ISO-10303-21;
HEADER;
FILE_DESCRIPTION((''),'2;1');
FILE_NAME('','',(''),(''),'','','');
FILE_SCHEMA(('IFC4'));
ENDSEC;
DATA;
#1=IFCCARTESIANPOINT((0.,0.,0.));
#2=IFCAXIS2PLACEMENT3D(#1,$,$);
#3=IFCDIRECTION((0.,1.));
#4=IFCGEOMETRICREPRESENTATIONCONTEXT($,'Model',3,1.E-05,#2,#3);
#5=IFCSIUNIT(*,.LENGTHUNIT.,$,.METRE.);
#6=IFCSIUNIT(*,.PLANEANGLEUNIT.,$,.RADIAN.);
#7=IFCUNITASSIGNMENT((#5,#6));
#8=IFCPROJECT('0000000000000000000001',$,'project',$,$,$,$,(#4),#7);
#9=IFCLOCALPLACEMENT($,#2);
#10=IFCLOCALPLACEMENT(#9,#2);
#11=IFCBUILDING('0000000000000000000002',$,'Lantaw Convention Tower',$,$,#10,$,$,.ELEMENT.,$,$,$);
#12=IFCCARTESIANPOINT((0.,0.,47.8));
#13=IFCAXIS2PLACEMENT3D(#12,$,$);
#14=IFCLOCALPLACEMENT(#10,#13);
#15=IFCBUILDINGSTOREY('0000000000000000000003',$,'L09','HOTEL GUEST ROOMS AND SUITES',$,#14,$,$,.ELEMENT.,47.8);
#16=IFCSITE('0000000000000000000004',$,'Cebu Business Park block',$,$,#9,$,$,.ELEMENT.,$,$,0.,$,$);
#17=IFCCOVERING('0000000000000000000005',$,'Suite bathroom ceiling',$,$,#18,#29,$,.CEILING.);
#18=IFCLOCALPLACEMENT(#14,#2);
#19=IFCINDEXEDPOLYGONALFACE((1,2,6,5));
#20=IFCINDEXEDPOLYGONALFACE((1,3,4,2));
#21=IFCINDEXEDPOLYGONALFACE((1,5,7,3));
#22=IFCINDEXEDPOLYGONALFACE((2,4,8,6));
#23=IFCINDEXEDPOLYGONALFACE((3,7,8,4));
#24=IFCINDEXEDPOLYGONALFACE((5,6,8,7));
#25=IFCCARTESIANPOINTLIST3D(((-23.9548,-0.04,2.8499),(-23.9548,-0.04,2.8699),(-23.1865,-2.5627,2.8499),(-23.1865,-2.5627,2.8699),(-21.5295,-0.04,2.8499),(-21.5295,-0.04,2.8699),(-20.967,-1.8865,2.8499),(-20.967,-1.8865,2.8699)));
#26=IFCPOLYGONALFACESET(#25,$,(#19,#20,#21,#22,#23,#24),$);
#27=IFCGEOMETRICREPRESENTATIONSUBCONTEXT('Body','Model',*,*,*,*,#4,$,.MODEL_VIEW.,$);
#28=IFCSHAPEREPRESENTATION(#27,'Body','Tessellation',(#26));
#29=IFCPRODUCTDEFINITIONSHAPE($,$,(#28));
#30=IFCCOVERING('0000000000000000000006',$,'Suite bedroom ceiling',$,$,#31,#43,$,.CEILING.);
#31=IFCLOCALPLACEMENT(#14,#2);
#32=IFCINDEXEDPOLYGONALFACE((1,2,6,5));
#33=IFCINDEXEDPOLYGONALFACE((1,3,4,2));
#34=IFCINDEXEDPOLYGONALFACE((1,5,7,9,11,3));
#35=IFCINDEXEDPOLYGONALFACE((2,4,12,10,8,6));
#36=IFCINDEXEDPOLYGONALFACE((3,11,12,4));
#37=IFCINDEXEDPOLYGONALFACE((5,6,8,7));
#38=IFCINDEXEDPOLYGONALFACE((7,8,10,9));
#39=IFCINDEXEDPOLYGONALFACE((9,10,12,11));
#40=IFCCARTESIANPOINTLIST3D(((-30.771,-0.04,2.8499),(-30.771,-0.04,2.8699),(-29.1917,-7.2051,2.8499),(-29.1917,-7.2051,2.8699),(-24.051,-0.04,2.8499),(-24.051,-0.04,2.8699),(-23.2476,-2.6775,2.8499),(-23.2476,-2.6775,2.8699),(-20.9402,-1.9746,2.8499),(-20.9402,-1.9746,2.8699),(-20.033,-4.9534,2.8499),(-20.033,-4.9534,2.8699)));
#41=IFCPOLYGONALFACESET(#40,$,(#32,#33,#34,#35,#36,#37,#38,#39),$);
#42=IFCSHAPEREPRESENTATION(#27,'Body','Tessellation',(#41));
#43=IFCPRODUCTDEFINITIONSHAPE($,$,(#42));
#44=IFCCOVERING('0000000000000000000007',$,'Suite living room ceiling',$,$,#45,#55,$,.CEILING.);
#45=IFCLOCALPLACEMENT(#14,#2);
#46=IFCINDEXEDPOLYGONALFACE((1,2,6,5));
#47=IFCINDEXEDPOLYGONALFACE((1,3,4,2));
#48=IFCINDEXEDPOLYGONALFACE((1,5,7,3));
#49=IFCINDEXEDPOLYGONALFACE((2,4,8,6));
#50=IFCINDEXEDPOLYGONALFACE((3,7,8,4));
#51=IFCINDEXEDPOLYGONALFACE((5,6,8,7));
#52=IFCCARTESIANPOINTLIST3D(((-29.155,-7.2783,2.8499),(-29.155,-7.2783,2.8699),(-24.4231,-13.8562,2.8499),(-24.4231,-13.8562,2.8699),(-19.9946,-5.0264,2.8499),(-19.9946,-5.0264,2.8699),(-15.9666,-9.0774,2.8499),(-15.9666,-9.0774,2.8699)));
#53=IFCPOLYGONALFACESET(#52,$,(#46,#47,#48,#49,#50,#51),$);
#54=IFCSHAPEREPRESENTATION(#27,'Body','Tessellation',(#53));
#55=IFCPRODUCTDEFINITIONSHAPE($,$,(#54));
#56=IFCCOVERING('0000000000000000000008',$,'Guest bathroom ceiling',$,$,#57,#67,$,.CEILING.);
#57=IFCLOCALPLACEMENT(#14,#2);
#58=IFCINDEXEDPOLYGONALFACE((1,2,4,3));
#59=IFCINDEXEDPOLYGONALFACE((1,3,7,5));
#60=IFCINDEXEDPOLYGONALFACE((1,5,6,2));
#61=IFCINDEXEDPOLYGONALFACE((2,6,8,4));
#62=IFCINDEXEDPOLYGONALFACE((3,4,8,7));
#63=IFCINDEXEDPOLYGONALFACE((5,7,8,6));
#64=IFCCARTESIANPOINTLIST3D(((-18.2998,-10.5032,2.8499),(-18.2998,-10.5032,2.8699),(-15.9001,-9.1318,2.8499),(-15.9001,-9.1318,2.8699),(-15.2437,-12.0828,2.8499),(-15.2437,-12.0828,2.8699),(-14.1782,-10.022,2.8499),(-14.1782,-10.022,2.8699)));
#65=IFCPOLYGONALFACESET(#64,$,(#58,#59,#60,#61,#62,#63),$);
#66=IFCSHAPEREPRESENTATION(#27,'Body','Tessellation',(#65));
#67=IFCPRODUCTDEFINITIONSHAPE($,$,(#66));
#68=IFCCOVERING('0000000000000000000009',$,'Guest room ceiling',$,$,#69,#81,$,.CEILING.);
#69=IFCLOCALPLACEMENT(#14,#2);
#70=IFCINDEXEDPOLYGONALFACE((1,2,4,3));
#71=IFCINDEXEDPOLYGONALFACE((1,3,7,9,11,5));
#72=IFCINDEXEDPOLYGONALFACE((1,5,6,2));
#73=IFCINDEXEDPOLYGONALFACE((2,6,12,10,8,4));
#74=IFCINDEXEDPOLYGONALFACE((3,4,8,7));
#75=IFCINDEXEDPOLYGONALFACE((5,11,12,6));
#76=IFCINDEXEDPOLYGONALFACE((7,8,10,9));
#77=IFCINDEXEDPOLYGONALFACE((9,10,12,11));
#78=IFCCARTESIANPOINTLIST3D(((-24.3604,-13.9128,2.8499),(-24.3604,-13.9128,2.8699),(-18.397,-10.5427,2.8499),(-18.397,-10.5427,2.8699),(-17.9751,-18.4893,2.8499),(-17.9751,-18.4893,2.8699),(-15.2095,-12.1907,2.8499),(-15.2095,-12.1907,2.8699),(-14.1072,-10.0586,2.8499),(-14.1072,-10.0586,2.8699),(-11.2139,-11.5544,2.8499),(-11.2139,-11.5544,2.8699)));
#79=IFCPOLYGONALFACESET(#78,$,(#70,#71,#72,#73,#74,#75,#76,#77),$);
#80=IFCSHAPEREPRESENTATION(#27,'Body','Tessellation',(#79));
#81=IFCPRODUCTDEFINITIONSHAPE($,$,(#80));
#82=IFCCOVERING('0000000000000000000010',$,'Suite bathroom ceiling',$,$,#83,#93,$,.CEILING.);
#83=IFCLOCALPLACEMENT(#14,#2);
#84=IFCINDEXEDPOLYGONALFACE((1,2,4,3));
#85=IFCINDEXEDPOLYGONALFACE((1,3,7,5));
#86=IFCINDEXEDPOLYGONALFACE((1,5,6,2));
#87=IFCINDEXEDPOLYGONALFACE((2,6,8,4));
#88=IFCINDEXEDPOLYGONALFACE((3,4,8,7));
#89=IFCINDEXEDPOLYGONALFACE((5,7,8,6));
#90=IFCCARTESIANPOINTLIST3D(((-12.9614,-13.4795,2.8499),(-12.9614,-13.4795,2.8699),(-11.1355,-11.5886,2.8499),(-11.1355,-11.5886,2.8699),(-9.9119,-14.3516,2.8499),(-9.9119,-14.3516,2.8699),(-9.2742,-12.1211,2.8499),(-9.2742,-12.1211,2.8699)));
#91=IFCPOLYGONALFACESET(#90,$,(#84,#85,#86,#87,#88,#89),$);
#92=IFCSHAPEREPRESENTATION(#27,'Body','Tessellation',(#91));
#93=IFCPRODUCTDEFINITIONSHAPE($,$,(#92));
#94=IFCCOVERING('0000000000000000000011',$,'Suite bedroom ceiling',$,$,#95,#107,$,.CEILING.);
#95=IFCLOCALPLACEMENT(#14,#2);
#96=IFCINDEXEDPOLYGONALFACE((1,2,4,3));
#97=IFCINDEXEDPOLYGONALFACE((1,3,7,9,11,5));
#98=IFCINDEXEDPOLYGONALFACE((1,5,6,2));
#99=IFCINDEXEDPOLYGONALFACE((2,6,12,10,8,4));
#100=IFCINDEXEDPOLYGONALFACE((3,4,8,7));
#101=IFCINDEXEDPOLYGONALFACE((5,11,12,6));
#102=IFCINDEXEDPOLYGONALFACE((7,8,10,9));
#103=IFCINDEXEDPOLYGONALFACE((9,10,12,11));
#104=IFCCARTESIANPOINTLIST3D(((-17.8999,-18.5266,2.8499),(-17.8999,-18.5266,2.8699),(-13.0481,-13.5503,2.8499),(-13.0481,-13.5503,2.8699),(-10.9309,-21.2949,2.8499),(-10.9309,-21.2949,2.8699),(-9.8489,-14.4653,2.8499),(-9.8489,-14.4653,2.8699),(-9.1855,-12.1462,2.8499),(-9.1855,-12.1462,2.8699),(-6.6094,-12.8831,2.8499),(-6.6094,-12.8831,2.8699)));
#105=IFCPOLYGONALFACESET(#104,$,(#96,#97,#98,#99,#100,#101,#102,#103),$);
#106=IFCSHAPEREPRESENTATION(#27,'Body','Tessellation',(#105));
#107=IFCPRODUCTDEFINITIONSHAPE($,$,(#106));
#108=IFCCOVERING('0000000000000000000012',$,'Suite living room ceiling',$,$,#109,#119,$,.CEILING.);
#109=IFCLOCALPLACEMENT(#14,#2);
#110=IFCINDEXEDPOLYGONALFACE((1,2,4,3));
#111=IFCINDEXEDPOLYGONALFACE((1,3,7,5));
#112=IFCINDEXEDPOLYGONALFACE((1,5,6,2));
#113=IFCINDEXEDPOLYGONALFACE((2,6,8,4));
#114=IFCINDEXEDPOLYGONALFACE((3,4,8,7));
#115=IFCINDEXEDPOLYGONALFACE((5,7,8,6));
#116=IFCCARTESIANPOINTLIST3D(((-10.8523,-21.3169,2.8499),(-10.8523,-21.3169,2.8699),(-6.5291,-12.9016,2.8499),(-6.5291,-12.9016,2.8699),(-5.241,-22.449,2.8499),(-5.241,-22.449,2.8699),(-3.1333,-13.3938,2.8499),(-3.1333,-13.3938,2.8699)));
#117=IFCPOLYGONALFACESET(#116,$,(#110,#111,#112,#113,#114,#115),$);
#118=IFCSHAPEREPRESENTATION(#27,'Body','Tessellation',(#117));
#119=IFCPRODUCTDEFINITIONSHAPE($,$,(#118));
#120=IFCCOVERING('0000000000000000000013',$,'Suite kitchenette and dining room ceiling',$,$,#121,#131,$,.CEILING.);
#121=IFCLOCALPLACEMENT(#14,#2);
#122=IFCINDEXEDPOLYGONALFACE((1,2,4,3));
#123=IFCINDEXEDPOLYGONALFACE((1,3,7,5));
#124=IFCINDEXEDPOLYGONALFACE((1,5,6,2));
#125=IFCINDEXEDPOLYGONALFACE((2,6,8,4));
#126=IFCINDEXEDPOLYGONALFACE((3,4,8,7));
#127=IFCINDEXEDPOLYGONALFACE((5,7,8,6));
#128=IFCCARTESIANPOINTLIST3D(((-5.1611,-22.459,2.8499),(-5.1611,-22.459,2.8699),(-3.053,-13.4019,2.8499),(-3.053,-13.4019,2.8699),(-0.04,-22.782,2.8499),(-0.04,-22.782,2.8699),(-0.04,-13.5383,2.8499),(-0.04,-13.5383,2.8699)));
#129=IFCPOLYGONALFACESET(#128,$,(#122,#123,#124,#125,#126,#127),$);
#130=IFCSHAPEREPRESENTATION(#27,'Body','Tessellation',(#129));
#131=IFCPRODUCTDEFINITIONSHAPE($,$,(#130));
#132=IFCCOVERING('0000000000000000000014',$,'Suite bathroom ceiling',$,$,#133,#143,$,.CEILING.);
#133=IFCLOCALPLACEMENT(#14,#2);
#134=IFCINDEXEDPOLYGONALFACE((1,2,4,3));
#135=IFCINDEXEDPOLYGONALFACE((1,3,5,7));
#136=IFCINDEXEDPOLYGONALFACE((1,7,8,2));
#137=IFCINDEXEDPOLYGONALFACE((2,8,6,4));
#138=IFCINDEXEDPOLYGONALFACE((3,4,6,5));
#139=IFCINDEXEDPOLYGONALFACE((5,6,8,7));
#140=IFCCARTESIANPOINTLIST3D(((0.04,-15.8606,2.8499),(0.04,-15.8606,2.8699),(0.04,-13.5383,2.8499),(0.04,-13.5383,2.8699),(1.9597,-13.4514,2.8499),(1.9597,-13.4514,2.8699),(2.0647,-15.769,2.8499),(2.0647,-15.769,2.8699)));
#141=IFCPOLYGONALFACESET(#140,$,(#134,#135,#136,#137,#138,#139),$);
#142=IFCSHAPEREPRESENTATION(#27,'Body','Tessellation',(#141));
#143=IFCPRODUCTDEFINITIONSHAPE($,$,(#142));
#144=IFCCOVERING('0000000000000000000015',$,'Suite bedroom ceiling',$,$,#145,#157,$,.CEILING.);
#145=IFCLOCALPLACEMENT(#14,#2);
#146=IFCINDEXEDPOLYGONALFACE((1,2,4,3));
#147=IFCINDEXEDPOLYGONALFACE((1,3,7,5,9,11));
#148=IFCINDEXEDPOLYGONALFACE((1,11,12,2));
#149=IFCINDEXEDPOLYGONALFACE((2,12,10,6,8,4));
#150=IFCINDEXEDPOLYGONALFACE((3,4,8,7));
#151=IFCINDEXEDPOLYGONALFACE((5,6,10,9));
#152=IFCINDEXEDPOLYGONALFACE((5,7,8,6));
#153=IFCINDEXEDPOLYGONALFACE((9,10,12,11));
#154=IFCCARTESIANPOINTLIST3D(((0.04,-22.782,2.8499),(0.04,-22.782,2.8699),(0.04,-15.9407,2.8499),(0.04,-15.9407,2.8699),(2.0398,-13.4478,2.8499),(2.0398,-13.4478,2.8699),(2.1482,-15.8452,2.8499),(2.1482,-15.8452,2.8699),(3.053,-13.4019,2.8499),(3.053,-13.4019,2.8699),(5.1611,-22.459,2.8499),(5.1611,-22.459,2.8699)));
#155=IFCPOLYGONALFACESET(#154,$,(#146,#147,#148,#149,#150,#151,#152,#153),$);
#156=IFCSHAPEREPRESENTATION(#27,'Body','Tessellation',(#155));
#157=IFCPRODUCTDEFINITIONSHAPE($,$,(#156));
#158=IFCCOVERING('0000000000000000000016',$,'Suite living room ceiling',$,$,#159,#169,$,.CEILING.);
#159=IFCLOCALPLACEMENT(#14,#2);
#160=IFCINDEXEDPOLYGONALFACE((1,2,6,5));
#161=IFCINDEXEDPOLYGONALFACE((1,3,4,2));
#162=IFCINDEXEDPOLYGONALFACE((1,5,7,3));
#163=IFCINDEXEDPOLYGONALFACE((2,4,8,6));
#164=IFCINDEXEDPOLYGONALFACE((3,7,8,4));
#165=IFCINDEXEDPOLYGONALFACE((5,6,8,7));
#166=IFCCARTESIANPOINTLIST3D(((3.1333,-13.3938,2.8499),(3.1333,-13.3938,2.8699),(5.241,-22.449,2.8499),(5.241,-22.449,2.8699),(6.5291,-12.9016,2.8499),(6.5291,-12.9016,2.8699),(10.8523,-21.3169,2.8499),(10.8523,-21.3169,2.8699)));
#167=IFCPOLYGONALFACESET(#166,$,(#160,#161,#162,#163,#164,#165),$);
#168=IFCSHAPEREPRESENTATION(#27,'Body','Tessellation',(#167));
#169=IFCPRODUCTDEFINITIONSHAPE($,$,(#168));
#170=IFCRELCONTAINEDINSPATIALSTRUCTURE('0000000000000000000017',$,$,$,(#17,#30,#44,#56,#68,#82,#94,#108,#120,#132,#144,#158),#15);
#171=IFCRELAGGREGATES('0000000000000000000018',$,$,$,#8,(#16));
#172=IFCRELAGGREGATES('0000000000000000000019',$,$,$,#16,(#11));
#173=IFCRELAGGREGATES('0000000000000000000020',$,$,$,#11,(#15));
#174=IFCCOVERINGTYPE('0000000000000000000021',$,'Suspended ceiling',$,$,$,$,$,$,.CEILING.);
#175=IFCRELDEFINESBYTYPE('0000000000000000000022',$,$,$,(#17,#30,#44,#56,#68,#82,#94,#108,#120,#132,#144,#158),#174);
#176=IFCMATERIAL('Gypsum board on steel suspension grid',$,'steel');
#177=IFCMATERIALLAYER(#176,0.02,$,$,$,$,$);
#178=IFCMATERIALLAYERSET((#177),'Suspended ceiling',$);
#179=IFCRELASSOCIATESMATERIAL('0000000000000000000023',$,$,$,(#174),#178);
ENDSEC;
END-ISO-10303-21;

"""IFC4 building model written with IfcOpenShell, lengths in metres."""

from ifc_helpers import new_model, si_unit, direction, frame, origin, place, context, subcontext, project, spatial, polyline, outline, extrude, material, layer, layer_set, type_object, element, save


model = new_model("IFC4")

# Units and contexts
model_context = context("Model", 3, precision=1e-05, world=origin(), true_north=direction((0.0, 1.0)))
body_context = subcontext(model_context, "Body", "Model", "MODEL_VIEW")
ifc_project = project(units=[si_unit("LENGTHUNIT", "METRE"), si_unit("PLANEANGLEUNIT", "RADIAN")], contexts=[model_context])

# Site, building, storey
site_placement = place(None, origin())
site = spatial("IfcSite", under=ifc_project, at=site_placement, Name="Cebu Business Park block", CompositionType="ELEMENT", RefElevation=0.0)
building_placement = place(site_placement, origin())
building = spatial("IfcBuilding", under=site, at=building_placement, Name="Lantaw Convention Tower", CompositionType="ELEMENT")
storey_placement = place(building_placement, frame((0.0, 0.0, 47.8)))
storey = spatial("IfcBuildingStorey", under=building, at=storey_placement, Name="L09", Description="HOTEL GUEST ROOMS AND SUITES", CompositionType="ELEMENT", Elevation=47.8)

# Coverings
ifc_material_1 = material(Name="Gypsum board on steel suspension grid", Category="steel")
ifc_layer_1 = layer(ifc_material_1, 0.02)
ifc_layer_set_1 = layer_set([ifc_layer_1], Name="Suspended ceiling")
covering_type = type_object("IfcCoveringType", Name="Suspended ceiling", PredefinedType="CEILING", material=ifc_layer_set_1)
covering_1_placement = place(storey_placement, frame((0.0, 0.0, 2.8499)))
element("IfcCovering", 1, at=covering_1_placement, inside=storey, type_object=covering_type, Name="Suite bathroom ceiling", PredefinedType="CEILING", context=body_context, shape_type="SweptSolid", body=[
    extrude(outline(polyline([(-21.5295, -0.04), (-23.9548, -0.04), (-23.1865, -2.5627), (-20.967, -1.8865), (-21.5295, -0.04)])), origin(), (0.0, 0.0, 1.0), 0.02),
])
covering_2_placement = place(storey_placement, frame((0.0, 0.0, 2.8499)))
element("IfcCovering", 2, at=covering_2_placement, inside=storey, type_object=covering_type, Name="Suite bedroom ceiling", PredefinedType="CEILING", context=body_context, shape_type="SweptSolid", body=[
    extrude(outline(polyline([(-20.033, -4.9534), (-20.9402, -1.9746), (-23.2476, -2.6775), (-24.051, -0.04), (-30.771, -0.04), (-29.1917, -7.2051), (-20.033, -4.9534)])), origin(), (0.0, 0.0, 1.0), 0.02),
])
covering_3_placement = place(storey_placement, frame((0.0, 0.0, 2.8499)))
element("IfcCovering", 3, at=covering_3_placement, inside=storey, type_object=covering_type, Name="Suite living room ceiling", PredefinedType="CEILING", context=body_context, shape_type="SweptSolid", body=[
    extrude(outline(polyline([(-19.9946, -5.0264), (-29.155, -7.2783), (-24.4231, -13.8562), (-15.9666, -9.0774), (-19.9946, -5.0264)])), origin(), (0.0, 0.0, 1.0), 0.02),
])
covering_4_placement = place(storey_placement, frame((0.0, 0.0, 2.8499)))
element("IfcCovering", 4, at=covering_4_placement, inside=storey, type_object=covering_type, Name="Guest bathroom ceiling", PredefinedType="CEILING", context=body_context, shape_type="SweptSolid", body=[
    extrude(outline(polyline([(-15.9001, -9.1318), (-18.2998, -10.5032), (-15.2437, -12.0828), (-14.1782, -10.022), (-15.9001, -9.1318)])), origin(), (0.0, 0.0, 1.0), 0.02),
])
covering_5_placement = place(storey_placement, frame((0.0, 0.0, 2.8499)))
element("IfcCovering", 5, at=covering_5_placement, inside=storey, type_object=covering_type, Name="Guest room ceiling", PredefinedType="CEILING", context=body_context, shape_type="SweptSolid", body=[
    extrude(outline(polyline([(-18.397, -10.5427), (-24.3604, -13.9128), (-17.9751, -18.4893), (-11.2139, -11.5544), (-14.1072, -10.0586), (-15.2095, -12.1907), (-18.397, -10.5427)])), origin(), (0.0, 0.0, 1.0), 0.02),
])
covering_6_placement = place(storey_placement, frame((0.0, 0.0, 2.8499)))
element("IfcCovering", 6, at=covering_6_placement, inside=storey, type_object=covering_type, Name="Suite bathroom ceiling", PredefinedType="CEILING", context=body_context, shape_type="SweptSolid", body=[
    extrude(outline(polyline([(-11.1355, -11.5886), (-12.9614, -13.4795), (-9.9119, -14.3516), (-9.2742, -12.1211), (-11.1355, -11.5886)])), origin(), (0.0, 0.0, 1.0), 0.02),
])
covering_7_placement = place(storey_placement, frame((0.0, 0.0, 2.8499)))
element("IfcCovering", 7, at=covering_7_placement, inside=storey, type_object=covering_type, Name="Suite bedroom ceiling", PredefinedType="CEILING", context=body_context, shape_type="SweptSolid", body=[
    extrude(outline(polyline([(-13.0481, -13.5503), (-17.8999, -18.5266), (-10.9309, -21.2949), (-6.6094, -12.8831), (-9.1855, -12.1462), (-9.8489, -14.4653), (-13.0481, -13.5503)])), origin(), (0.0, 0.0, 1.0), 0.02),
])
covering_8_placement = place(storey_placement, frame((0.0, 0.0, 2.8499)))
element("IfcCovering", 8, at=covering_8_placement, inside=storey, type_object=covering_type, Name="Suite living room ceiling", PredefinedType="CEILING", context=body_context, shape_type="SweptSolid", body=[
    extrude(outline(polyline([(-6.5291, -12.9016), (-10.8523, -21.3169), (-5.241, -22.449), (-3.1333, -13.3938), (-6.5291, -12.9016)])), origin(), (0.0, 0.0, 1.0), 0.02),
])
covering_9_placement = place(storey_placement, frame((0.0, 0.0, 2.8499)))
element("IfcCovering", 9, at=covering_9_placement, inside=storey, type_object=covering_type, Name="Suite kitchenette and dining room ceiling", PredefinedType="CEILING", context=body_context, shape_type="SweptSolid", body=[
    extrude(outline(polyline([(-3.053, -13.4019), (-5.1611, -22.459), (-0.04, -22.782), (-0.04, -13.5383), (-3.053, -13.4019)])), origin(), (0.0, 0.0, 1.0), 0.02),
])
covering_10_placement = place(storey_placement, frame((0.0, 0.0, 2.8499)))
element("IfcCovering", 10, at=covering_10_placement, inside=storey, type_object=covering_type, Name="Suite bathroom ceiling", PredefinedType="CEILING", context=body_context, shape_type="SweptSolid", body=[
    extrude(outline(polyline([(0.04, -13.5383), (0.04, -15.8606), (2.0647, -15.769), (1.9597, -13.4514), (0.04, -13.5383)])), origin(), (0.0, 0.0, 1.0), 0.02),
])
covering_11_placement = place(storey_placement, frame((0.0, 0.0, 2.8499)))
element("IfcCovering", 11, at=covering_11_placement, inside=storey, type_object=covering_type, Name="Suite bedroom ceiling", PredefinedType="CEILING", context=body_context, shape_type="SweptSolid", body=[
    extrude(outline(polyline([(2.0398, -13.4478), (2.1482, -15.8452), (0.04, -15.9407), (0.04, -22.782), (5.1611, -22.459), (3.053, -13.4019), (2.0398, -13.4478)])), origin(), (0.0, 0.0, 1.0), 0.02),
])
covering_12_placement = place(storey_placement, frame((0.0, 0.0, 2.8499)))
element("IfcCovering", 12, at=covering_12_placement, inside=storey, type_object=covering_type, Name="Suite living room ceiling", PredefinedType="CEILING", context=body_context, shape_type="SweptSolid", body=[
    extrude(outline(polyline([(3.1333, -13.3938), (5.241, -22.449), (10.8523, -21.3169), (6.5291, -12.9016), (3.1333, -13.3938)])), origin(), (0.0, 0.0, 1.0), 0.02),
])

save(model, "model.ifc")
